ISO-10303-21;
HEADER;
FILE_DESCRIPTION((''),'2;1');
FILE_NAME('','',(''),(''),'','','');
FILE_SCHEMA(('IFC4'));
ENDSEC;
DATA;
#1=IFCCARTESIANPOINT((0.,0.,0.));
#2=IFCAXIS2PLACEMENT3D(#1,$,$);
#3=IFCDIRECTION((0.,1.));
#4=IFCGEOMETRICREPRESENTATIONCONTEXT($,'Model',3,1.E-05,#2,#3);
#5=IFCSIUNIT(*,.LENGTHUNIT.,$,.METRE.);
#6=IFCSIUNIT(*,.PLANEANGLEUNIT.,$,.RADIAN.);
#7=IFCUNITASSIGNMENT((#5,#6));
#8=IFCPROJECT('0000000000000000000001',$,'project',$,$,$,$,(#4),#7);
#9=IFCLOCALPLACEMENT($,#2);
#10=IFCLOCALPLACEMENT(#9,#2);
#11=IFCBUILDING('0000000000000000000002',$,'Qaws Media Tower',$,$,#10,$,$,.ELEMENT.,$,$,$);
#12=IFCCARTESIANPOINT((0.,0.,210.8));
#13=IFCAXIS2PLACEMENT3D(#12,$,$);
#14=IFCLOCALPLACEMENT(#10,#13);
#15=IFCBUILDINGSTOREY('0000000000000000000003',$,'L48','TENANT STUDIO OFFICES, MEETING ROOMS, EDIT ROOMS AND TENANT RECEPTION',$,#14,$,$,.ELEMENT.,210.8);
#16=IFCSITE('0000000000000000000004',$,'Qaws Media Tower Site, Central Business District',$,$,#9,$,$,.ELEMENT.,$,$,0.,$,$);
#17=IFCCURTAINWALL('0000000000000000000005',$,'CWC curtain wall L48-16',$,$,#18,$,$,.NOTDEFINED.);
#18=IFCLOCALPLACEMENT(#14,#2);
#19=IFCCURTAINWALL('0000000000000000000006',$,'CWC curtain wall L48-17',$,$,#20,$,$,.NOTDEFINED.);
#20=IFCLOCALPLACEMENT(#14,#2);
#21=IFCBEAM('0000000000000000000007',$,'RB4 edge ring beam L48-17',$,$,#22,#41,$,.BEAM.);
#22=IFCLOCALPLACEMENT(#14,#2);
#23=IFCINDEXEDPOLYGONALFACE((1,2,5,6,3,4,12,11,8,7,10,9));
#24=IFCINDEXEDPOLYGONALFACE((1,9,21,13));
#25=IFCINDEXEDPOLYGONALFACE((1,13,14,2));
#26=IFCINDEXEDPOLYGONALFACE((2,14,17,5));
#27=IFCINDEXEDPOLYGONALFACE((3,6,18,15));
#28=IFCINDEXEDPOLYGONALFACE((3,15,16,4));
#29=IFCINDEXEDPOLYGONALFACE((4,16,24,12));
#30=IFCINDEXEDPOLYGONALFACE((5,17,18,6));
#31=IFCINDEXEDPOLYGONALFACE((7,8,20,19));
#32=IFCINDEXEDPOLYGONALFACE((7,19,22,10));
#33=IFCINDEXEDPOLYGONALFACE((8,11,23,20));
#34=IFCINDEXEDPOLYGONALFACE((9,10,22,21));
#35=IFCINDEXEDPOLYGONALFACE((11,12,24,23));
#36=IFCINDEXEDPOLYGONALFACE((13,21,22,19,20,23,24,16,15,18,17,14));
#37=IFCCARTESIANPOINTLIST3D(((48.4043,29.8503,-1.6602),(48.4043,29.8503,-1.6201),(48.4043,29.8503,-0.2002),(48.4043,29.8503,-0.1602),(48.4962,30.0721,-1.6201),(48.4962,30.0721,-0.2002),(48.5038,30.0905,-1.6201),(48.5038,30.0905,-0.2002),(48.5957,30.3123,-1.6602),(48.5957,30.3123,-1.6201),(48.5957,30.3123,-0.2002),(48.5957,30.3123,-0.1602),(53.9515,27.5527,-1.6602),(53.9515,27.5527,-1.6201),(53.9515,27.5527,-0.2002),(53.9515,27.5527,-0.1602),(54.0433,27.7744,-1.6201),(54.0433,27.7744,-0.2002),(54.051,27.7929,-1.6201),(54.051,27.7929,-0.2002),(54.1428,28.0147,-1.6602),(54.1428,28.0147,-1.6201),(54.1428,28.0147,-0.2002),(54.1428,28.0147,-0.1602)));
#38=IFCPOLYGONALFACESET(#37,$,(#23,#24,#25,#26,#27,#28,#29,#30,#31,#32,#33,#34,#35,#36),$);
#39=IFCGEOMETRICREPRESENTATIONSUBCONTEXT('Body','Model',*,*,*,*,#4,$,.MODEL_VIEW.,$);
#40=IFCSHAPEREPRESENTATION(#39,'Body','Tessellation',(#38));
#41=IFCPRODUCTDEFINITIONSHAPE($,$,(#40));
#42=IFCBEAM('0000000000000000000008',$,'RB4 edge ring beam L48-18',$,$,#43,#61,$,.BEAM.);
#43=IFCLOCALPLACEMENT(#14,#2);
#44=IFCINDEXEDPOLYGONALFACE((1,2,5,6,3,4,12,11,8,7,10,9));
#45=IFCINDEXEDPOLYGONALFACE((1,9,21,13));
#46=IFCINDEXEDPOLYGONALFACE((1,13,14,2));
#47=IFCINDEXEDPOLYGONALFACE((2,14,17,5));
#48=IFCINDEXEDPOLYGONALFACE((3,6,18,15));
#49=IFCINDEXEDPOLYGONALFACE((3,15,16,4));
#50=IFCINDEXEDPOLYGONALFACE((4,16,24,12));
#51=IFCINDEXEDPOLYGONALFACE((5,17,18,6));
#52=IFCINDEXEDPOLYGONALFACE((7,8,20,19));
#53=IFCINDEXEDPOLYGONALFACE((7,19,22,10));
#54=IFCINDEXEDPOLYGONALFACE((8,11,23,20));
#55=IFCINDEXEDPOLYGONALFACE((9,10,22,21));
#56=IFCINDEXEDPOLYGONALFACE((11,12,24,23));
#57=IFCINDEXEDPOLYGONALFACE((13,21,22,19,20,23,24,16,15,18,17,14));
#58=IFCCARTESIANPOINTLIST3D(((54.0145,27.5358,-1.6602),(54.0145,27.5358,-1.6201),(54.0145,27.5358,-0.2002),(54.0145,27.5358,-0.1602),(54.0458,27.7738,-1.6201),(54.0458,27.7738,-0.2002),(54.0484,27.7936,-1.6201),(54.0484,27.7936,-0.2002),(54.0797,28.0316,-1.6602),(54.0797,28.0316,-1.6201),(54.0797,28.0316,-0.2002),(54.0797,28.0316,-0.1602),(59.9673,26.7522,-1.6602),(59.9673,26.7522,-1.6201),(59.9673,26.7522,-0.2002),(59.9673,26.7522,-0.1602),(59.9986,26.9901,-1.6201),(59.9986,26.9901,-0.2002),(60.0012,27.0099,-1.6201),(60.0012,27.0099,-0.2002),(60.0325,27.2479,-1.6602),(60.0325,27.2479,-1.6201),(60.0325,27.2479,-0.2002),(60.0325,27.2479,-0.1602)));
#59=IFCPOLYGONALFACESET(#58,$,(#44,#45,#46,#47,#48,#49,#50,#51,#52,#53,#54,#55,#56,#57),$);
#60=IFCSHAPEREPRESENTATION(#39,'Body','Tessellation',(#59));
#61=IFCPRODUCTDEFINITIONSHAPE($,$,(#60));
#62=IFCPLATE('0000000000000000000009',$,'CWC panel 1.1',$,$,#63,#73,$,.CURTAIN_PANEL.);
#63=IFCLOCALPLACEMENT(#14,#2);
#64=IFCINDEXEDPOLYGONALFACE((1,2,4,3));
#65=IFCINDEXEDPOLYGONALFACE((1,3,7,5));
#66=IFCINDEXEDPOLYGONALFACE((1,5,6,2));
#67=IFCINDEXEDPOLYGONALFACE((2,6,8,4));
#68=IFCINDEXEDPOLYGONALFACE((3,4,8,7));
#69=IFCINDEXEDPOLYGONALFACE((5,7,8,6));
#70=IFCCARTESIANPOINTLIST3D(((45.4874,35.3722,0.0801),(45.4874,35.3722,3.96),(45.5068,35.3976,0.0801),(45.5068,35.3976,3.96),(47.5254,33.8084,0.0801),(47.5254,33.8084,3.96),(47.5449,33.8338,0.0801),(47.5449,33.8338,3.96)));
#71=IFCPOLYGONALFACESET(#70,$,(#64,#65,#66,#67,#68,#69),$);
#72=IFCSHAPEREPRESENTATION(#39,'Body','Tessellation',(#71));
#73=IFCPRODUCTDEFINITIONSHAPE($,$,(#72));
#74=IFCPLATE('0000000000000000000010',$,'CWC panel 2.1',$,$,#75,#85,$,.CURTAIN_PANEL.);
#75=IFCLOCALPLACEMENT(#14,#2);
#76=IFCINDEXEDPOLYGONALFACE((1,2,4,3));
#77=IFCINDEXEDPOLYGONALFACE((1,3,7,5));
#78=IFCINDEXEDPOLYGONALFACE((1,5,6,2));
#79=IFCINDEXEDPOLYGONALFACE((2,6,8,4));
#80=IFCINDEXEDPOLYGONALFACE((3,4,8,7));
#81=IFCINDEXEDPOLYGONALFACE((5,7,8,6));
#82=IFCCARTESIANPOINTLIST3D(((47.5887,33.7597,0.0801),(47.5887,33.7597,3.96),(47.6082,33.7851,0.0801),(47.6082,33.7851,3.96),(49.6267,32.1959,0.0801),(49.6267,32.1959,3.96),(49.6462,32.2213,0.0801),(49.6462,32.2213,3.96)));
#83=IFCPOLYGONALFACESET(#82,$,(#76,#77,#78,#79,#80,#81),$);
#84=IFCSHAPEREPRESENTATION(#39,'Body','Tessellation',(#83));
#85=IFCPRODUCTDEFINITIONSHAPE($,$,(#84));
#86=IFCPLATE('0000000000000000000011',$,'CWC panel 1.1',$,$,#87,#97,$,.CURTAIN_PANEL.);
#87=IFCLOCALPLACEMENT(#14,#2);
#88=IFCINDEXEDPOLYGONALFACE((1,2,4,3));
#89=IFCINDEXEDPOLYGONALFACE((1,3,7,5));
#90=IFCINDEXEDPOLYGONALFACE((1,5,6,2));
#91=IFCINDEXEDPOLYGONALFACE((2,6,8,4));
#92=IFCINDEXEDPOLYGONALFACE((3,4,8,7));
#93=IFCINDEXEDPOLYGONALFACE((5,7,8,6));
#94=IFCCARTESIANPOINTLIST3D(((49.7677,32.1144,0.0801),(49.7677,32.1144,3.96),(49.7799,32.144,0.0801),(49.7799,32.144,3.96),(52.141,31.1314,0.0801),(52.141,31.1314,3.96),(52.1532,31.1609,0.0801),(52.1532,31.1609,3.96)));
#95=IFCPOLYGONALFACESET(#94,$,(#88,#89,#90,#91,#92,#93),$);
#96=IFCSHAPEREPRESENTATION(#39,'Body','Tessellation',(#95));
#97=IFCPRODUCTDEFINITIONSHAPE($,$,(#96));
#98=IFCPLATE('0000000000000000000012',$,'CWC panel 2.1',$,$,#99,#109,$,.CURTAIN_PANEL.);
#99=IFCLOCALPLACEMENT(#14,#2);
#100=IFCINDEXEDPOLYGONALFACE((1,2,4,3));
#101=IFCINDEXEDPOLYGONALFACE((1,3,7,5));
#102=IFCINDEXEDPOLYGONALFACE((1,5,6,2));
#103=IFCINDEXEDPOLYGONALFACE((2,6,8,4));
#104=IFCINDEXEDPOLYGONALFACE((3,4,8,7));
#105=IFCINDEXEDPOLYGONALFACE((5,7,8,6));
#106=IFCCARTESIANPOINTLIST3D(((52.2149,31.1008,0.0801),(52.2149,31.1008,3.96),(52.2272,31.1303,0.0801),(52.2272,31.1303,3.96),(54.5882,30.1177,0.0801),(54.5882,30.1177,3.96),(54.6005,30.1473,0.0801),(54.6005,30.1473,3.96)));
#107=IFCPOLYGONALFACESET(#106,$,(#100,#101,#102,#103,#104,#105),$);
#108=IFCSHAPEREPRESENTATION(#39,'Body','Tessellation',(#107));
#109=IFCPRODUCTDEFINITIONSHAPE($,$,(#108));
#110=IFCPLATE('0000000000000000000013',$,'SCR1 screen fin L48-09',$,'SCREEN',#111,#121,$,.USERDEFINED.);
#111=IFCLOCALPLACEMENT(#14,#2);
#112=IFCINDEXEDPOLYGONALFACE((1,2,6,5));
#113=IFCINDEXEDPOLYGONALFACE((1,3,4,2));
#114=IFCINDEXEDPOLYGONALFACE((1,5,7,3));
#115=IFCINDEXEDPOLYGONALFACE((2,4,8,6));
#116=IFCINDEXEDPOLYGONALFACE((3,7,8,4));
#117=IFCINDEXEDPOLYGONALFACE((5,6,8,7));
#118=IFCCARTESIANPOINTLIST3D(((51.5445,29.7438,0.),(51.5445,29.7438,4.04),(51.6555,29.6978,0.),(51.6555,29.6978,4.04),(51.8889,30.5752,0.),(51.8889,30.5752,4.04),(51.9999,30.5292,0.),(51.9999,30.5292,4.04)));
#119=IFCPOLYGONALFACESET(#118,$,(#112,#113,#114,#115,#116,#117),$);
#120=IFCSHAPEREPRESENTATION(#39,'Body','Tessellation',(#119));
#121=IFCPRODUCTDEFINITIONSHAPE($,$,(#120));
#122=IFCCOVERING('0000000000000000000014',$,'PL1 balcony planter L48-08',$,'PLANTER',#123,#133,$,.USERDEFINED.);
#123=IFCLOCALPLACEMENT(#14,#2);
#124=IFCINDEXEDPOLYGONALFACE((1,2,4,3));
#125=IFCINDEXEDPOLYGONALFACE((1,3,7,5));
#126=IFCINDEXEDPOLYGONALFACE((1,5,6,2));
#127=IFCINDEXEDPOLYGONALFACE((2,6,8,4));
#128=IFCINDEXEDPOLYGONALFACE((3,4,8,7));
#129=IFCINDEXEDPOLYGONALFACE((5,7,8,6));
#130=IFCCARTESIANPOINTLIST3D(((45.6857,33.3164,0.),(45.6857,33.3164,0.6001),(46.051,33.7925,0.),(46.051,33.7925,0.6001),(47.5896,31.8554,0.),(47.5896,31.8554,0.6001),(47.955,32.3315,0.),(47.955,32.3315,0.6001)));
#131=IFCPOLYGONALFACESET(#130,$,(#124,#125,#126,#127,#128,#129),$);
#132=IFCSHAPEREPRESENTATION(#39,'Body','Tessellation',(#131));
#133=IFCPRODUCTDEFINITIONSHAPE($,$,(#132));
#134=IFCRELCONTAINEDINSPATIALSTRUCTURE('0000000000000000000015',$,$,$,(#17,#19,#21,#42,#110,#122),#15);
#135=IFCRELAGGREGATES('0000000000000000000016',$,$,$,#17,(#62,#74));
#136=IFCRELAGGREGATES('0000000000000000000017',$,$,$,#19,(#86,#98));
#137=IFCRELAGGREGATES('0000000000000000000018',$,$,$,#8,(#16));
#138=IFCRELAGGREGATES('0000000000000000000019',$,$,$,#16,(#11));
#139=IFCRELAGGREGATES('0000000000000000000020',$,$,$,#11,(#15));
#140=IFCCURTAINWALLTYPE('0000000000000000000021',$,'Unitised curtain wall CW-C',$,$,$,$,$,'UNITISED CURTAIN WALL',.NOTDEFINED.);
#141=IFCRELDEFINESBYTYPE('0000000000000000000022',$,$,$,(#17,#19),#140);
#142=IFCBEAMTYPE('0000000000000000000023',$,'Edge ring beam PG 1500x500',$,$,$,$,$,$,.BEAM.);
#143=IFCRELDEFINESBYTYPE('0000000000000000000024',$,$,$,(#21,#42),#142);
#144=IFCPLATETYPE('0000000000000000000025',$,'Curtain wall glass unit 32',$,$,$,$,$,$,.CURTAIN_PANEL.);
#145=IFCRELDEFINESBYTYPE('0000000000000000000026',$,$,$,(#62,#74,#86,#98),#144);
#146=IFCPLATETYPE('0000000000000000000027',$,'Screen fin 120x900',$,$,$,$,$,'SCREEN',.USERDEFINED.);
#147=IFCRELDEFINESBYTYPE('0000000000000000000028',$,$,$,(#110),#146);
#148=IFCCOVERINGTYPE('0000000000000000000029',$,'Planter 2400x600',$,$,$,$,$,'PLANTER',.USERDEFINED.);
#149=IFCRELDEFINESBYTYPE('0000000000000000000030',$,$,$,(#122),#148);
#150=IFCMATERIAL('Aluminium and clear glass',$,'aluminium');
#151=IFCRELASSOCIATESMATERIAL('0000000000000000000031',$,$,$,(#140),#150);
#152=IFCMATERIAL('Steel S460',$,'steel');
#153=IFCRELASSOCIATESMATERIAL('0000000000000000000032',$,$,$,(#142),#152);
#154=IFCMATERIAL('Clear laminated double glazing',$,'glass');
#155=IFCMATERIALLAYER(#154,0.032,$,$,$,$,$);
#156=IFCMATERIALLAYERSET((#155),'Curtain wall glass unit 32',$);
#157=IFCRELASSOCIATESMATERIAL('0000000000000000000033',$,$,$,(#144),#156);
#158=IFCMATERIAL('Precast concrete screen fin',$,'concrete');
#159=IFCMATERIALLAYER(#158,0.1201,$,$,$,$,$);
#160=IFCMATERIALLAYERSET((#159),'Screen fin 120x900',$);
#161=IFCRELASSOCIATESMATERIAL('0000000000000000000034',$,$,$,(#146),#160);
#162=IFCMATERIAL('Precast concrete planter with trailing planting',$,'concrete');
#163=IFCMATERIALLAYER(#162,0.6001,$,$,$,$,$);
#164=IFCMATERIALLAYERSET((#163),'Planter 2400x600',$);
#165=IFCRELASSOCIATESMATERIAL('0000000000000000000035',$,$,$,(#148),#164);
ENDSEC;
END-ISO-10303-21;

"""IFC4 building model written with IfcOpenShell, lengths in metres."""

from ifc_helpers import new_model, si_unit, direction, frame, origin, origin_2d, place, context, subcontext, project, spatial, rectangle, i_section, extrude, material, layer, layer_set, material_profile, profile_set, type_object, element, aggregate, save


model = new_model("IFC4")

# Units and contexts
model_context = context("Model", 3, precision=1e-05, world=origin(), true_north=direction((0.0, 1.0)))
body_context = subcontext(model_context, "Body", "Model", "MODEL_VIEW")
ifc_project = project(units=[si_unit("LENGTHUNIT", "METRE"), si_unit("PLANEANGLEUNIT", "RADIAN")], contexts=[model_context])

# Site, building, storey
site_placement = place(None, origin())
site = spatial("IfcSite", under=ifc_project, at=site_placement, Name="Qaws Media Tower Site, Central Business District", CompositionType="ELEMENT", RefElevation=0.0)
building_placement = place(site_placement, origin())
building = spatial("IfcBuilding", under=site, at=building_placement, Name="Qaws Media Tower", CompositionType="ELEMENT")
storey_placement = place(building_placement, frame((0.0, 0.0, 210.8)))
storey = spatial("IfcBuildingStorey", under=building, at=storey_placement, Name="L48", Description="TENANT STUDIO OFFICES, MEETING ROOMS, EDIT ROOMS AND TENANT RECEPTION", CompositionType="ELEMENT", Elevation=210.8)

# Curtain walls
ifc_material_1 = material(Name="Aluminium and clear glass", Category="aluminium")
curtain_wall_type = type_object("IfcCurtainWallType", Name="Unitised curtain wall CW-C", ElementType="UNITISED CURTAIN WALL", PredefinedType="NOTDEFINED", material=ifc_material_1)
curtain_wall_1_placement = place(storey_placement, origin())
curtain_wall_1 = element("IfcCurtainWall", 1, at=curtain_wall_1_placement, inside=storey, type_object=curtain_wall_type, Name="CWC curtain wall L48-16", PredefinedType="NOTDEFINED")
curtain_wall_2_placement = place(storey_placement, origin())
curtain_wall_2 = element("IfcCurtainWall", 2, at=curtain_wall_2_placement, inside=storey, type_object=curtain_wall_type, Name="CWC curtain wall L48-17", PredefinedType="NOTDEFINED")

# Beams
ifc_material_2 = material(Name="Steel S460", Category="steel")
ifc_material_profile_1 = material_profile(ifc_material_2, i_section(OverallWidth=0.5, OverallDepth=1.5, WebThickness=0.02, FlangeThickness=0.04, at=origin_2d()), Name="PG 1500x500")
ifc_profile_set_1 = profile_set([ifc_material_profile_1], Name="Steel S460")
beam_type = type_object("IfcBeamType", Name="Edge ring beam PG 1500x500", PredefinedType="BEAM", material=ifc_profile_set_1)
for number, where, z_axis, x_axis, name in (
    (3, (48.5, 30.0813, -0.9102), (0.923885, -0.382671, 0.0), (0.382671, 0.923885, 0.0), "RB4 edge ring beam L48-17"),
    (4, (54.0471, 27.7837, -0.9102), (0.991445, -0.130523, 0.0), (0.130523, 0.991445, 0.0), "RB4 edge ring beam L48-18"),
):
    element("IfcBeam", number, at=place(storey_placement, frame(where, z_axis=z_axis, x_axis=x_axis)), inside=storey, type_object=beam_type, Name=name, PredefinedType="BEAM", context=body_context, shape_type="SweptSolid", body=[
        extrude(i_section(OverallWidth=0.5, OverallDepth=1.5, WebThickness=0.02, FlangeThickness=0.04, at=origin_2d()), origin(), (0.0, 0.0, 1.0), 6.0042),
    ])

# Plates
ifc_material_3 = material(Name="Clear laminated double glazing", Category="glass")
ifc_layer_1 = layer(ifc_material_3, 0.032)
ifc_layer_set_1 = layer_set([ifc_layer_1], Name="Curtain wall glass unit 32")
plate_type_1 = type_object("IfcPlateType", Name="Curtain wall glass unit 32", PredefinedType="CURTAIN_PANEL", material=ifc_layer_set_1)
plate_1_placement = place(storey_placement, frame((46.5161, 34.603, 0.0801), z_axis=(0.0, 0.0, 1.0), x_axis=(0.793353, -0.608761, 0.0)))
plate_1 = element("IfcPlate", 5, at=plate_1_placement, type_object=plate_type_1, Name="CWC panel 1.1", PredefinedType="CURTAIN_PANEL", context=body_context, shape_type="SweptSolid", body=[
    extrude(rectangle(XDim=2.5688, YDim=0.032, at=origin_2d()), origin(), (0.0, 0.0, 1.0), 3.8799),
])
plate_2_placement = place(storey_placement, frame((48.6174, 32.9905, 0.0801), z_axis=(0.0, 0.0, 1.0), x_axis=(0.793353, -0.608761, 0.0)))
plate_2 = element("IfcPlate", 6, at=plate_2_placement, type_object=plate_type_1, Name="CWC panel 2.1", PredefinedType="CURTAIN_PANEL", context=body_context, shape_type="SweptSolid", body=[
    extrude(rectangle(XDim=2.5688, YDim=0.032, at=origin_2d()), origin(), (0.0, 0.0, 1.0), 3.8799),
])
aggregate(curtain_wall_1, [plate_1, plate_2])
plate_3_placement = place(storey_placement, frame((50.9604, 31.6377, 0.0801), z_axis=(0.0, 0.0, 1.0), x_axis=(0.92388, -0.382683, 0.0)))
plate_3 = element("IfcPlate", 7, at=plate_3_placement, type_object=plate_type_1, Name="CWC panel 1.1", PredefinedType="CURTAIN_PANEL", context=body_context, shape_type="SweptSolid", body=[
    extrude(rectangle(XDim=2.5688, YDim=0.032, at=origin_2d()), origin(), (0.0, 0.0, 1.0), 3.8799),
])
plate_4_placement = place(storey_placement, frame((53.4077, 30.624, 0.0801), z_axis=(0.0, 0.0, 1.0), x_axis=(0.92388, -0.382683, 0.0)))
plate_4 = element("IfcPlate", 8, at=plate_4_placement, type_object=plate_type_1, Name="CWC panel 2.1", PredefinedType="CURTAIN_PANEL", context=body_context, shape_type="SweptSolid", body=[
    extrude(rectangle(XDim=2.5688, YDim=0.032, at=origin_2d()), origin(), (0.0, 0.0, 1.0), 3.8799),
])
aggregate(curtain_wall_2, [plate_3, plate_4])
ifc_material_4 = material(Name="Precast concrete screen fin", Category="concrete")
ifc_layer_2 = layer(ifc_material_4, 0.1201)
ifc_layer_set_2 = layer_set([ifc_layer_2], Name="Screen fin 120x900")
plate_type_2 = type_object("IfcPlateType", Name="Screen fin 120x900", ElementType="SCREEN", PredefinedType="USERDEFINED", material=ifc_layer_set_2)
plate_5_placement = place(storey_placement, frame((51.7722, 30.1365, 0.0), z_axis=(0.0, 0.0, 1.0), x_axis=(-0.382683, -0.92388, 0.0)))
element("IfcPlate", 9, at=plate_5_placement, inside=storey, type_object=plate_type_2, Name="SCR1 screen fin L48-09", ObjectType="SCREEN", PredefinedType="USERDEFINED", context=body_context, shape_type="SweptSolid", body=[
    extrude(rectangle(XDim=0.8999, YDim=0.1201, at=origin_2d()), origin(), (0.0, 0.0, 1.0), 4.04),
])

# Covering
ifc_material_5 = material(Name="Precast concrete planter with trailing planting", Category="concrete")
ifc_layer_3 = layer(ifc_material_5, 0.6001)
ifc_layer_set_3 = layer_set([ifc_layer_3], Name="Planter 2400x600")
covering_type = type_object("IfcCoveringType", Name="Planter 2400x600", ElementType="PLANTER", PredefinedType="USERDEFINED", material=ifc_layer_set_3)
covering_placement = place(storey_placement, frame((46.8203, 32.824, 0.0), z_axis=(0.0, 0.0, 1.0), x_axis=(0.793353, -0.608761, 0.0)))
element("IfcCovering", 10, at=covering_placement, inside=storey, type_object=covering_type, Name="PL1 balcony planter L48-08", ObjectType="PLANTER", PredefinedType="USERDEFINED", context=body_context, shape_type="SweptSolid", body=[
    extrude(rectangle(XDim=2.3999, YDim=0.6001, at=origin_2d()), origin(), (0.0, 0.0, 1.0), 0.6001),
])

save(model, "model.ifc")
